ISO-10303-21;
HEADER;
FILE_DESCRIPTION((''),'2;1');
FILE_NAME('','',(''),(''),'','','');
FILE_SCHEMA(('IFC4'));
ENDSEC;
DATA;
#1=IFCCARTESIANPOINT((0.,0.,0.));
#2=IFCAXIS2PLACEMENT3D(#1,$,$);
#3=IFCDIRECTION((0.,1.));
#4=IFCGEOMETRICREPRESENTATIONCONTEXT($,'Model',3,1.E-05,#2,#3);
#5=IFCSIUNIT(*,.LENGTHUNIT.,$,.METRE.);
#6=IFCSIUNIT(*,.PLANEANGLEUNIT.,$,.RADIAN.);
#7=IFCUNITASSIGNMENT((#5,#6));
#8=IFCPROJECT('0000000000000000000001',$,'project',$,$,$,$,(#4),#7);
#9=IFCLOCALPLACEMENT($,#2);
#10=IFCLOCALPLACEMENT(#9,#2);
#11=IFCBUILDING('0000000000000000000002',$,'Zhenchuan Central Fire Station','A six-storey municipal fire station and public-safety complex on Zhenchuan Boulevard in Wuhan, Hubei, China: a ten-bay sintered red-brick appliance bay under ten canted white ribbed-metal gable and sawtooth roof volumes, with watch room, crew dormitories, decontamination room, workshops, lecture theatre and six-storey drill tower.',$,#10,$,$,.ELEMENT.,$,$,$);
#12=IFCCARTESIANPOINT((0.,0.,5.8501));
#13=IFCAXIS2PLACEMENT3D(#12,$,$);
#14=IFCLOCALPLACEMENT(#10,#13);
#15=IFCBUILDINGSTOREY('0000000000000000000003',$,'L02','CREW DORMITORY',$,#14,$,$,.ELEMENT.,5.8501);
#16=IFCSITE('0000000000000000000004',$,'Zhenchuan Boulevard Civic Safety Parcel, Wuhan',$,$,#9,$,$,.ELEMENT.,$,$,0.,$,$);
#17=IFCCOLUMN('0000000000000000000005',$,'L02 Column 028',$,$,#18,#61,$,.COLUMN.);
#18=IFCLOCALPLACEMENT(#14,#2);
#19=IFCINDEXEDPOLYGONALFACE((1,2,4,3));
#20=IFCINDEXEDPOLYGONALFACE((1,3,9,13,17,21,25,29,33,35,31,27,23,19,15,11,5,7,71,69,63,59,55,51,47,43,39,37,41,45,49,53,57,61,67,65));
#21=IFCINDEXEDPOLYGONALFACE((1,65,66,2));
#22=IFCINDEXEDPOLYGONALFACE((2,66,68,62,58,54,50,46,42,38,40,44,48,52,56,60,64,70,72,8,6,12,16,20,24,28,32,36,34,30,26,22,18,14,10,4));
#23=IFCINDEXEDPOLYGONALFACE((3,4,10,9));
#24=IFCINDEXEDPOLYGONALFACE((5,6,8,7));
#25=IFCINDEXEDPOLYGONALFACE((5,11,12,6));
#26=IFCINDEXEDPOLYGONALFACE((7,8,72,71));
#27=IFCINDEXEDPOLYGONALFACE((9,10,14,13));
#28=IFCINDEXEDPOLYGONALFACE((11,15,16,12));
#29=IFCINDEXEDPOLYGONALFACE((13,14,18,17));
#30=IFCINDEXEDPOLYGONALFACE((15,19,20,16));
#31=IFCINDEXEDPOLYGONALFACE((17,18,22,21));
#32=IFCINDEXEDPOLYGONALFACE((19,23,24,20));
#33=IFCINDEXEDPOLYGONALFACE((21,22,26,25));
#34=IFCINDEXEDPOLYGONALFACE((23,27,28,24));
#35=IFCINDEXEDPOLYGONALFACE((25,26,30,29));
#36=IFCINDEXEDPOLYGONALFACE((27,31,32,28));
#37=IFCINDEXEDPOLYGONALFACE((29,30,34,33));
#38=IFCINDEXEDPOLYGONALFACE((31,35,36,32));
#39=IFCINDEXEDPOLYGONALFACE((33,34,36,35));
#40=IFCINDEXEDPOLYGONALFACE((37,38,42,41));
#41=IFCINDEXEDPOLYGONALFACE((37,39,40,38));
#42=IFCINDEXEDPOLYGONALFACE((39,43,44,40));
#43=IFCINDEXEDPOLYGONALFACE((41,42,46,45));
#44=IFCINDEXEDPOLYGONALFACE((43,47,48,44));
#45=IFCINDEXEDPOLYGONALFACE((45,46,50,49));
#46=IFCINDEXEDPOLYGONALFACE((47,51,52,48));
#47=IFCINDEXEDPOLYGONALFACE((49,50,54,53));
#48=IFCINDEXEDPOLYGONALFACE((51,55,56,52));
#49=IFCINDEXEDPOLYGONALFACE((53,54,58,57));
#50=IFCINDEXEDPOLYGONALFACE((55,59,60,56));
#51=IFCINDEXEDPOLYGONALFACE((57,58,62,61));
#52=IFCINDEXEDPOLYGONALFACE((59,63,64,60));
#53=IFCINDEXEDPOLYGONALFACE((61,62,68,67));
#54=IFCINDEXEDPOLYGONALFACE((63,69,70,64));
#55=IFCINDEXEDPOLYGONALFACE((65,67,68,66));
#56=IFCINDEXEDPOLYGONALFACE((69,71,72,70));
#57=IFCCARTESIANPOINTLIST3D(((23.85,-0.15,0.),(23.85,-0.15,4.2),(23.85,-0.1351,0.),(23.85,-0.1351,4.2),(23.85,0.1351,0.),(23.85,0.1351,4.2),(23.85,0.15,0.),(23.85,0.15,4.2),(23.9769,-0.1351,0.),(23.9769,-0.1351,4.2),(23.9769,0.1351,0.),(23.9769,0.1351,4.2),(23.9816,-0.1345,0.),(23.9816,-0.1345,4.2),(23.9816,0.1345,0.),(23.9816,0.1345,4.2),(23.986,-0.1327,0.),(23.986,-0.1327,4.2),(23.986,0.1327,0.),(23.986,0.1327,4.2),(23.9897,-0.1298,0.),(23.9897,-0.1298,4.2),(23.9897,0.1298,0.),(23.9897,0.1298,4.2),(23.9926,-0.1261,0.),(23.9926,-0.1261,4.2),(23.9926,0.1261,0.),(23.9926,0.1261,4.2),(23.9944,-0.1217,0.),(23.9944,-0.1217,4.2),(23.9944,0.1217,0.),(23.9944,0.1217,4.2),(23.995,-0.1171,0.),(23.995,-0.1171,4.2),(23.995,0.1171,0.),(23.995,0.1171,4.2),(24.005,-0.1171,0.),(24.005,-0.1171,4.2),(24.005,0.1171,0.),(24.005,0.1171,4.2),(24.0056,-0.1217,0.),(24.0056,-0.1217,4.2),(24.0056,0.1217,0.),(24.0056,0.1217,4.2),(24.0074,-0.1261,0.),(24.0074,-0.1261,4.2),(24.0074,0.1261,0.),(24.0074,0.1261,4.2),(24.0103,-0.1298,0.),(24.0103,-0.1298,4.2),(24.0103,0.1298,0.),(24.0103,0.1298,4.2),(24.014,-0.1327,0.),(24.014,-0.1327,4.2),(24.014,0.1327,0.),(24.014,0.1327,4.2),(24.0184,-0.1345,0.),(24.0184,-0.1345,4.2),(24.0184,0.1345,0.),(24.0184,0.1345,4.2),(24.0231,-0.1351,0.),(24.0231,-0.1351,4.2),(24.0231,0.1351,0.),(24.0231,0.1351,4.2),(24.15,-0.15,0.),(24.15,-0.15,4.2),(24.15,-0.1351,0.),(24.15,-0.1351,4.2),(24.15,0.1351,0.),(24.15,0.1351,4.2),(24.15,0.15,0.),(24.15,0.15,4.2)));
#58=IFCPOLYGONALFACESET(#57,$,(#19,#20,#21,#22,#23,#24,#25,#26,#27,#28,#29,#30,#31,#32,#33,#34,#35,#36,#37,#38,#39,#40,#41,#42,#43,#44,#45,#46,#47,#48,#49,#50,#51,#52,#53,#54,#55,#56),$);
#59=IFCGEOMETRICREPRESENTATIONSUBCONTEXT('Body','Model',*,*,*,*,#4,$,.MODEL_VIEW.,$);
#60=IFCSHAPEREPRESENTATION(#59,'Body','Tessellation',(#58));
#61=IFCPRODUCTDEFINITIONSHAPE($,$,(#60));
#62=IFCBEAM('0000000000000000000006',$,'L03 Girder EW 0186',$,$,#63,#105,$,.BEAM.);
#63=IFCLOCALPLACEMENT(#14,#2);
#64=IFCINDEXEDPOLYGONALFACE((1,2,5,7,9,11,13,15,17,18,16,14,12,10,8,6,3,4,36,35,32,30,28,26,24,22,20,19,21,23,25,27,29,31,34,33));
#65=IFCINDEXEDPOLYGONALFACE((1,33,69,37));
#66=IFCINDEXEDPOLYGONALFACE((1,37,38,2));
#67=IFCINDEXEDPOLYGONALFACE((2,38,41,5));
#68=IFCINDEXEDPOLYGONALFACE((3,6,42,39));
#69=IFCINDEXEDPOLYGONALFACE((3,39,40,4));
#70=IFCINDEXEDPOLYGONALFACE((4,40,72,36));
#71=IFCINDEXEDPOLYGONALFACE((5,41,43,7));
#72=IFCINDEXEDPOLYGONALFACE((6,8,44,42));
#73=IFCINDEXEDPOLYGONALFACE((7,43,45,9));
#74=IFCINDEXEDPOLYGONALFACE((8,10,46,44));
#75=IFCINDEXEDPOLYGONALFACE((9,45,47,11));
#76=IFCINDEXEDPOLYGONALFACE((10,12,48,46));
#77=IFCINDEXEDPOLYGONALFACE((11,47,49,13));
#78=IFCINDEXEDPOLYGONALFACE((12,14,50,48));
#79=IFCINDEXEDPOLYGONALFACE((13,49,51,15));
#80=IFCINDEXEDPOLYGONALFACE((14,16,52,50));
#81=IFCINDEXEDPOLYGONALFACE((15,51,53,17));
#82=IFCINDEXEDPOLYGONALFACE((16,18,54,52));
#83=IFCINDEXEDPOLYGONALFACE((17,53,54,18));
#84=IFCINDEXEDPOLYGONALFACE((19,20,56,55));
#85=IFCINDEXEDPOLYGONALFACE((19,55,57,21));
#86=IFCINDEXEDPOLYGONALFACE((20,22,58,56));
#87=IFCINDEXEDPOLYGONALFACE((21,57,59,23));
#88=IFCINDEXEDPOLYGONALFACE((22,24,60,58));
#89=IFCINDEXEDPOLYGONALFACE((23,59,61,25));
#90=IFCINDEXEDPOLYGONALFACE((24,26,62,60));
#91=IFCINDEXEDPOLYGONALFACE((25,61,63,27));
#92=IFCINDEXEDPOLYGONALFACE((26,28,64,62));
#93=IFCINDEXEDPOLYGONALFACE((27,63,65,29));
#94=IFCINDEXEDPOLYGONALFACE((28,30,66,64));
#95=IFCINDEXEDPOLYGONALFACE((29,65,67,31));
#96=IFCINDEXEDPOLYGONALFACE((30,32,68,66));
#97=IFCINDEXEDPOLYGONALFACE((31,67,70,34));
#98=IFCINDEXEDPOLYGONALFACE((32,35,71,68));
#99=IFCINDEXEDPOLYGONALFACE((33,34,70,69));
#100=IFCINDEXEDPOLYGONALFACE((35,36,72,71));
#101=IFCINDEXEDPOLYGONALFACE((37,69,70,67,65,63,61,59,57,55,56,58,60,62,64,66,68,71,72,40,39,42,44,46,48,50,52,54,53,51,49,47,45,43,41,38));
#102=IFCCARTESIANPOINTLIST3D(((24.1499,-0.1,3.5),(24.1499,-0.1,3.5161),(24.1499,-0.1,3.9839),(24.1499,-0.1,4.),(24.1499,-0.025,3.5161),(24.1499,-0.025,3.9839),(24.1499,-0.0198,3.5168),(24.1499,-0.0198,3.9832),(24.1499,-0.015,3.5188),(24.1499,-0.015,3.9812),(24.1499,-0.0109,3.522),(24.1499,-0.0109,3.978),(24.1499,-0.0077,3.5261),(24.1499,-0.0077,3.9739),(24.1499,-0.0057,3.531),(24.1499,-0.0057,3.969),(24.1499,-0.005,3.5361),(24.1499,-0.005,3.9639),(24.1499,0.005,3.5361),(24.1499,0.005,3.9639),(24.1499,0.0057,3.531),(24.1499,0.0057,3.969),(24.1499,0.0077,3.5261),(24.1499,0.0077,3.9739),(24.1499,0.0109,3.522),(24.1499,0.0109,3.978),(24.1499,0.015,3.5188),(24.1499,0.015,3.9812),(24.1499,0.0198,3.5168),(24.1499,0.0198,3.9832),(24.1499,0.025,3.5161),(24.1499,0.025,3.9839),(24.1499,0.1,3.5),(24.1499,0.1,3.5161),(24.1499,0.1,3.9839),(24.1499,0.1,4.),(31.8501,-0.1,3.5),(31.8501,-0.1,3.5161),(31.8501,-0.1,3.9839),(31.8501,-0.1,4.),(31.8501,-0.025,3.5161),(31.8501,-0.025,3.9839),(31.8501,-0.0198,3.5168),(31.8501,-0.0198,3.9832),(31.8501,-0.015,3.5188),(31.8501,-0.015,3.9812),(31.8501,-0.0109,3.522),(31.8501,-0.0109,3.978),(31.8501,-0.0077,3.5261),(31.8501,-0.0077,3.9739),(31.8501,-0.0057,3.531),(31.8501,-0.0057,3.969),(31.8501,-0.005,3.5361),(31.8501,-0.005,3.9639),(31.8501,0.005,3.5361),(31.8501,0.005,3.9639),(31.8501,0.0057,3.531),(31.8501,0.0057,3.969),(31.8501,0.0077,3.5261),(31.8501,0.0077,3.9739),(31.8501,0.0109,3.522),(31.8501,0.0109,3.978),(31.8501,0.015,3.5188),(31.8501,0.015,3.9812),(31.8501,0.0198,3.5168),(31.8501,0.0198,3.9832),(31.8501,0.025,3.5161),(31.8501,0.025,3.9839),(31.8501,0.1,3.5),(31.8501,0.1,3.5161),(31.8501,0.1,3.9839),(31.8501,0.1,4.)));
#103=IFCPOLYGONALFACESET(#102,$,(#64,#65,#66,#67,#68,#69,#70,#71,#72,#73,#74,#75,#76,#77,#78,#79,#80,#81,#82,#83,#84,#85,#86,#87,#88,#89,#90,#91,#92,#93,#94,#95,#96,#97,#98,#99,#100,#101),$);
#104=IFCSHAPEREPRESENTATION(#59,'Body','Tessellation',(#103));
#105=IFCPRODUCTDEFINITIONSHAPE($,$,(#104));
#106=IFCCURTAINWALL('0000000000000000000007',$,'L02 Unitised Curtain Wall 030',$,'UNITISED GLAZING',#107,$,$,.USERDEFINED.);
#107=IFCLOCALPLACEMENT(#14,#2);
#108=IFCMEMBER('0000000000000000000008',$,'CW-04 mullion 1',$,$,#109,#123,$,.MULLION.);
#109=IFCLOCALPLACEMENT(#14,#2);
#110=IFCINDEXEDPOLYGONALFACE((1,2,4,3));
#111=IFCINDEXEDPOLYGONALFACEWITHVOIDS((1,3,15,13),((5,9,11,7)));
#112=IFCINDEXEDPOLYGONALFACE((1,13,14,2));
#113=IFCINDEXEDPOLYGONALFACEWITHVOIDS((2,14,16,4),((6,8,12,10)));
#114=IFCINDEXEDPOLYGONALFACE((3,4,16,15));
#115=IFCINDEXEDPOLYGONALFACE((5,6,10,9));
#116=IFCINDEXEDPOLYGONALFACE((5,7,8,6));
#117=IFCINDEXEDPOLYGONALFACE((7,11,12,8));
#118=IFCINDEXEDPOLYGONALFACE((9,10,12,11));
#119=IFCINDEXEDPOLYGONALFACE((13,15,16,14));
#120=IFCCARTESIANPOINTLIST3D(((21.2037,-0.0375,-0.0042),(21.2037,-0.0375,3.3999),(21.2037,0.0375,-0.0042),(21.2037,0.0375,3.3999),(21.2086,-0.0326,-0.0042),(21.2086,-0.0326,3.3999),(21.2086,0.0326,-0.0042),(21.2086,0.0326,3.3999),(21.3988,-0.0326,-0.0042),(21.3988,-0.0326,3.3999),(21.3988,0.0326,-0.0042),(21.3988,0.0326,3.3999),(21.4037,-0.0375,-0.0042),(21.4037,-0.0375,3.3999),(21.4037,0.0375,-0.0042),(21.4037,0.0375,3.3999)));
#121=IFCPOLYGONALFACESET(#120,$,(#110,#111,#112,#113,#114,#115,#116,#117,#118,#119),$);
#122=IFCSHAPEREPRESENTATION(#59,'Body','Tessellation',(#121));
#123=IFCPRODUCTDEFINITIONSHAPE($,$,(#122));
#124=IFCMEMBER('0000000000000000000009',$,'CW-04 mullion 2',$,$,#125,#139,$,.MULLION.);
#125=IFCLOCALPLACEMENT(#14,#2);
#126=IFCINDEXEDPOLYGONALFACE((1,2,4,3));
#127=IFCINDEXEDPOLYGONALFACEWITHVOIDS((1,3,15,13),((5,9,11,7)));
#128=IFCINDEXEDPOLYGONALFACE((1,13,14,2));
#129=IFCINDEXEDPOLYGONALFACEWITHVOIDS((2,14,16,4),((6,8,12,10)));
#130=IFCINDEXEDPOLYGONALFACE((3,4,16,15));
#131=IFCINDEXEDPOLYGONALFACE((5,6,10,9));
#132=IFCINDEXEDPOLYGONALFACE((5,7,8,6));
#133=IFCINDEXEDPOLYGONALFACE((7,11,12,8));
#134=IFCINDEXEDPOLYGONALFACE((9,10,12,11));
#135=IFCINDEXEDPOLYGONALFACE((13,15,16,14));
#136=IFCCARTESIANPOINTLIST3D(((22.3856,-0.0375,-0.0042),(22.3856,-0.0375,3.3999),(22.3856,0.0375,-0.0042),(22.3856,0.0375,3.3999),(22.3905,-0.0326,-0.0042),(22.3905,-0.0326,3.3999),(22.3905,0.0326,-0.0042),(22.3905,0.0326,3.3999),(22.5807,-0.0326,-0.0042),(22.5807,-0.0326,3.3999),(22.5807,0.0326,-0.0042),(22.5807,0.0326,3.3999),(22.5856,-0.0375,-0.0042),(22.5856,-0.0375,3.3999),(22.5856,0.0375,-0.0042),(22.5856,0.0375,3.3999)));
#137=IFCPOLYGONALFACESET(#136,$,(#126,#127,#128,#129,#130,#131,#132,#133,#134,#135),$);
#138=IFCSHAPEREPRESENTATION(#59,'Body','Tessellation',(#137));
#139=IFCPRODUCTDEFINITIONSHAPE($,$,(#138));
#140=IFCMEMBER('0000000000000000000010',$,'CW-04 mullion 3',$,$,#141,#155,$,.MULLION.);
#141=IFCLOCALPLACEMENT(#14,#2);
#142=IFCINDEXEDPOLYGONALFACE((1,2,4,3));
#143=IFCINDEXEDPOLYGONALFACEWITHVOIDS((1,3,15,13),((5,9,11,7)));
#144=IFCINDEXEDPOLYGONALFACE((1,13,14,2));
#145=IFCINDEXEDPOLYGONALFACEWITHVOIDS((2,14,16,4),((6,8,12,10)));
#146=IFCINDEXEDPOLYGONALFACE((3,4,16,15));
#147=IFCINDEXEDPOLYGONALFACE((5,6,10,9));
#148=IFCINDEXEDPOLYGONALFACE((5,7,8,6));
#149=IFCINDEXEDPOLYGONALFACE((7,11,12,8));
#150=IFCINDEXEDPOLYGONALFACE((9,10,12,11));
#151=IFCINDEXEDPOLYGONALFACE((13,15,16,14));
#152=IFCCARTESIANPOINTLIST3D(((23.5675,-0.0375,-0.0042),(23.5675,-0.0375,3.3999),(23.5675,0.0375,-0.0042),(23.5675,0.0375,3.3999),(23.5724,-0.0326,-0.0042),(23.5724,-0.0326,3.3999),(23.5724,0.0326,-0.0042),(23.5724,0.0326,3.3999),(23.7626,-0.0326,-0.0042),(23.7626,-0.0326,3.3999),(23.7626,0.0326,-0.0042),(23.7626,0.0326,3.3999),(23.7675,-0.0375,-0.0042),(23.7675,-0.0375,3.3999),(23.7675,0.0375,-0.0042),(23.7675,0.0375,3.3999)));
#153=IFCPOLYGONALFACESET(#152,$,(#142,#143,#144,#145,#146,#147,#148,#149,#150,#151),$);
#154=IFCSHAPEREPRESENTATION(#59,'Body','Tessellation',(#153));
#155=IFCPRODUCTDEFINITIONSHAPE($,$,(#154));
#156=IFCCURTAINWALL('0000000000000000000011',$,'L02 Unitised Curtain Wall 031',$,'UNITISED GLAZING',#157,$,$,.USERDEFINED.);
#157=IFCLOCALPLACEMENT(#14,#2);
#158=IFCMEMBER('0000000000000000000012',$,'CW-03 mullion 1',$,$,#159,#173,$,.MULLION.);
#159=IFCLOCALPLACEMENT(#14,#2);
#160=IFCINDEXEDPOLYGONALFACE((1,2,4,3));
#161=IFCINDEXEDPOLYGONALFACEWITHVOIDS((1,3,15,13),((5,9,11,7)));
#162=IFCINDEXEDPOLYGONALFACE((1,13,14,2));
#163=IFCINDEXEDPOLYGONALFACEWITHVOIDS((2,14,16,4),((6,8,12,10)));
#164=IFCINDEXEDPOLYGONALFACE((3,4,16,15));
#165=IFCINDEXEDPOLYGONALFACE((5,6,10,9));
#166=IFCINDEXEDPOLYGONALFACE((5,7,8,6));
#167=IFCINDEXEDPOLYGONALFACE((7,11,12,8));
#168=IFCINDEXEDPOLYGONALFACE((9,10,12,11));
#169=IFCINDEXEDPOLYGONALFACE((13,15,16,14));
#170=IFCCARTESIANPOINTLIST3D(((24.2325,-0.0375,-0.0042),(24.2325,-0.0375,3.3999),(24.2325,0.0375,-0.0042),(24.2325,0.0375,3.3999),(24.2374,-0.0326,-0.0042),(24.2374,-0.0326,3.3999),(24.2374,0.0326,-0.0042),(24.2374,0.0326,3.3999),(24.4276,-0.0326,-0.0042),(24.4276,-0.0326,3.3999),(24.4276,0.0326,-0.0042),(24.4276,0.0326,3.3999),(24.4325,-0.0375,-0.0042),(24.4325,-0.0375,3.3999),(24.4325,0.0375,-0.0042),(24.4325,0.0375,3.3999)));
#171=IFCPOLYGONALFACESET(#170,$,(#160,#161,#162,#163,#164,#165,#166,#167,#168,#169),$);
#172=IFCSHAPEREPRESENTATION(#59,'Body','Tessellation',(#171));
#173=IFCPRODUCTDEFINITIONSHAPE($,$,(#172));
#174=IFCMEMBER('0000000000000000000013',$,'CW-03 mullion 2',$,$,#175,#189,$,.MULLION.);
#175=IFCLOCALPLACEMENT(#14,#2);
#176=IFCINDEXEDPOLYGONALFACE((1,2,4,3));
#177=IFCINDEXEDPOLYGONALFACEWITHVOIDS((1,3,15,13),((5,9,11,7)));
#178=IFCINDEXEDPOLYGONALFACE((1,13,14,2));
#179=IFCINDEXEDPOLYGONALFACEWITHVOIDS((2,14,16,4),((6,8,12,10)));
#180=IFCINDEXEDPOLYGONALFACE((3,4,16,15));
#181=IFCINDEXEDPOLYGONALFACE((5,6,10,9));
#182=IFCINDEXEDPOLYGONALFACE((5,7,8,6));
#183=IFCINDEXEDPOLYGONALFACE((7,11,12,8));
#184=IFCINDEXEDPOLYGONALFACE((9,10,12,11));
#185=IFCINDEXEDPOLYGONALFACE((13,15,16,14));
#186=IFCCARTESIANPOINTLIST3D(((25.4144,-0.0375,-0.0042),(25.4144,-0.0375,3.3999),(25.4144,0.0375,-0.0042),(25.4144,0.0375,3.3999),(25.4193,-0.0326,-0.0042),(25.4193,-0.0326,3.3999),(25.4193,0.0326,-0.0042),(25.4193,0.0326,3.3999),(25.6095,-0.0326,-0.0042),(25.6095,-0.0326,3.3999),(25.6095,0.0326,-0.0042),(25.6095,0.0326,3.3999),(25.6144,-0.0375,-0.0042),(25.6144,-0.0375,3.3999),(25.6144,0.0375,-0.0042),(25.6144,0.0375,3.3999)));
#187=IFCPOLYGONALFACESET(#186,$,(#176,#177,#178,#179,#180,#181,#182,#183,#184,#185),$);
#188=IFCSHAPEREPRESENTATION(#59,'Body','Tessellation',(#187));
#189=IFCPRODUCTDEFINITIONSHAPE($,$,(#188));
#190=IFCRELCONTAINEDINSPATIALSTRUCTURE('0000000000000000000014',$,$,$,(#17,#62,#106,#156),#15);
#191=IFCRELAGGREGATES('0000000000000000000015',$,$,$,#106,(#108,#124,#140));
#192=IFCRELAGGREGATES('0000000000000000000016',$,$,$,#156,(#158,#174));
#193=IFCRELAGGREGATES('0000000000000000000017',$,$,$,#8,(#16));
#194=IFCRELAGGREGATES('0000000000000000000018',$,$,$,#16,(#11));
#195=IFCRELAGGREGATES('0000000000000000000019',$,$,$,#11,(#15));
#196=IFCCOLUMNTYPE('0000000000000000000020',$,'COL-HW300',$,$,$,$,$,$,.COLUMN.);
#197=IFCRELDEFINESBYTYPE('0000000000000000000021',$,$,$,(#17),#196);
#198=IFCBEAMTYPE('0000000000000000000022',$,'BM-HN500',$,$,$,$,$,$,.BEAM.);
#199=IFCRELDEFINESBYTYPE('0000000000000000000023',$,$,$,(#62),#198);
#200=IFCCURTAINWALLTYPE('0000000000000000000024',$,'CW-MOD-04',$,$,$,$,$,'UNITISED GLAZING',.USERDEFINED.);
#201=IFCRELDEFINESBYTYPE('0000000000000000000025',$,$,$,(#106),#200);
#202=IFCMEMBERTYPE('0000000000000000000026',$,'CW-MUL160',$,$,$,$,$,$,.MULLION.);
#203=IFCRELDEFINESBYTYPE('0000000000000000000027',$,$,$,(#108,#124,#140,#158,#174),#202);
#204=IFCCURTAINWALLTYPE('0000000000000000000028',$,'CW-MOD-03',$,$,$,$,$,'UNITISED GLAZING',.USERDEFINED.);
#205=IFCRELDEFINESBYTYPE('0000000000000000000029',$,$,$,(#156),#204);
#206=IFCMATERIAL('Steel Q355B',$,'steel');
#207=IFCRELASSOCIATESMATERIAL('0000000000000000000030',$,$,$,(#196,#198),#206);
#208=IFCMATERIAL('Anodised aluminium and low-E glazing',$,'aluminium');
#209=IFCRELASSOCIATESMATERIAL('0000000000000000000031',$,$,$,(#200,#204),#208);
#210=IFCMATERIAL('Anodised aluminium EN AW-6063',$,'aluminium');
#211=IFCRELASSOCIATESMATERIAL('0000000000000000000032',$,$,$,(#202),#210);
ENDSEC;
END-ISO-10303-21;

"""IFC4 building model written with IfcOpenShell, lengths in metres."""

from ifc_helpers import new_model, si_unit, direction, frame, origin, origin_2d, place, context, subcontext, project, spatial, hollow_rectangle, i_section, extrude, material, material_profile, profile_set, type_object, element, aggregate, save


model = new_model("IFC4")

# Units and contexts
model_context = context("Model", 3, precision=1e-05, world=origin(), true_north=direction((0.0, 1.0)))
body_context = subcontext(model_context, "Body", "Model", "MODEL_VIEW")
ifc_project = project(units=[si_unit("LENGTHUNIT", "METRE"), si_unit("PLANEANGLEUNIT", "RADIAN")], contexts=[model_context])

# Site, building, storey
site_placement = place(None, origin())
site = spatial("IfcSite", under=ifc_project, at=site_placement, Name="Zhenchuan Boulevard Civic Safety Parcel, Wuhan", CompositionType="ELEMENT", RefElevation=0.0)
building_placement = place(site_placement, origin())
building = spatial("IfcBuilding", under=site, at=building_placement, Name="Zhenchuan Central Fire Station", Description="A six-storey municipal fire station and public-safety complex on Zhenchuan Boulevard in Wuhan, Hubei, China: a ten-bay sintered red-brick appliance bay under ten canted white ribbed-metal gable and sawtooth roof volumes, with watch room, crew dormitories, decontamination room, workshops, lecture theatre and six-storey drill tower.", CompositionType="ELEMENT")
storey_placement = place(building_placement, frame((0.0, 0.0, 5.8501)))
storey = spatial("IfcBuildingStorey", under=building, at=storey_placement, Name="L02", Description="CREW DORMITORY", CompositionType="ELEMENT", Elevation=5.8501)

# Column
ifc_material_1 = material(Name="Steel Q355B", Category="steel")
ifc_material_profile_1 = material_profile(ifc_material_1, i_section(OverallWidth=0.3, OverallDepth=0.3, WebThickness=0.01, FlangeThickness=0.0149, FilletRadius=0.0181, at=origin_2d()), Name="HW 300x300")
ifc_profile_set_1 = profile_set([ifc_material_profile_1], Name="Steel Q355B")
column_type = type_object("IfcColumnType", Name="COL-HW300", PredefinedType="COLUMN", material=ifc_profile_set_1)
column_placement = place(storey_placement, frame((24.0, 0.0, 0.0), z_axis=(0.0, 0.0, 1.0), x_axis=(1.0, 0.0, 0.0)))
element("IfcColumn", 1, at=column_placement, inside=storey, type_object=column_type, Name="L02 Column 028", PredefinedType="COLUMN", context=body_context, shape_type="SweptSolid", body=[
    extrude(i_section(OverallWidth=0.3, OverallDepth=0.3, WebThickness=0.01, FlangeThickness=0.0149, FilletRadius=0.0181, at=origin_2d()), origin(), (0.0, 0.0, 1.0), 4.2),
])

# Beam
ifc_material_profile_2 = material_profile(ifc_material_1, i_section(OverallWidth=0.2, OverallDepth=0.5, WebThickness=0.01, FlangeThickness=0.0161, FilletRadius=0.02, at=origin_2d()), Name="HN 500x200")
ifc_profile_set_2 = profile_set([ifc_material_profile_2], Name="Steel Q355B")
beam_type_1 = type_object("IfcBeamType", Name="BM-HN500", PredefinedType="BEAM", material=ifc_profile_set_2)
beam_1_placement = place(storey_placement, frame((24.1499, 0.0, 3.75), z_axis=(1.0, 0.0, 0.0), x_axis=(0.0, 1.0, 0.0)))
element("IfcBeam", 2, at=beam_1_placement, inside=storey, type_object=beam_type_1, Name="L03 Girder EW 0186", PredefinedType="BEAM", context=body_context, shape_type="SweptSolid", body=[
    extrude(i_section(OverallWidth=0.2, OverallDepth=0.5, WebThickness=0.01, FlangeThickness=0.0161, FilletRadius=0.02, at=origin_2d()), origin(), (0.0, 0.0, 1.0), 7.7002),
])

# Curtain walls, members
ifc_material_2 = material(Name="Anodised aluminium and low-E glazing", Category="aluminium")
curtain_wall_type_1 = type_object("IfcCurtainWallType", Name="CW-MOD-04", ElementType="UNITISED GLAZING", PredefinedType="USERDEFINED", material=ifc_material_2)
curtain_wall_1_placement = place(storey_placement, origin())
curtain_wall_1 = element("IfcCurtainWall", 3, at=curtain_wall_1_placement, inside=storey, type_object=curtain_wall_type_1, Name="L02 Unitised Curtain Wall 030", ObjectType="UNITISED GLAZING", PredefinedType="USERDEFINED")
ifc_material_3 = material(Name="Anodised aluminium EN AW-6063", Category="aluminium")
ifc_material_profile_3 = material_profile(ifc_material_3, hollow_rectangle(XDim=0.075, YDim=0.2, WallThickness=0.0049, at=origin_2d()), Name="ALU-M 200x75")
ifc_profile_set_3 = profile_set([ifc_material_profile_3], Name="Anodised aluminium EN AW-6063")
member_type_1 = type_object("IfcMemberType", Name="CW-MUL160", PredefinedType="MULLION", material=ifc_profile_set_3)
member_1_placement = place(storey_placement, frame((21.3037, 0.0, -0.0042), z_axis=(0.0, 0.0, 1.0), x_axis=(0.0, 1.0, 0.0)))
member_1 = element("IfcMember", 4, at=member_1_placement, type_object=member_type_1, Name="CW-04 mullion 1", PredefinedType="MULLION", context=body_context, shape_type="SweptSolid", body=[
    extrude(hollow_rectangle(XDim=0.075, YDim=0.2, WallThickness=0.0049, at=origin_2d()), origin(), (0.0, 0.0, 1.0), 3.4041),
])
member_2_placement = place(storey_placement, frame((22.4856, 0.0, -0.0042), z_axis=(0.0, 0.0, 1.0), x_axis=(0.0, 1.0, 0.0)))
member_2 = element("IfcMember", 5, at=member_2_placement, type_object=member_type_1, Name="CW-04 mullion 2", PredefinedType="MULLION", context=body_context, shape_type="SweptSolid", body=[
    extrude(hollow_rectangle(XDim=0.075, YDim=0.2, WallThickness=0.0049, at=origin_2d()), origin(), (0.0, 0.0, 1.0), 3.4041),
])
member_3_placement = place(storey_placement, frame((23.6675, 0.0, -0.0042), z_axis=(0.0, 0.0, 1.0), x_axis=(0.0, 1.0, 0.0)))
member_3 = element("IfcMember", 6, at=member_3_placement, type_object=member_type_1, Name="CW-04 mullion 3", PredefinedType="MULLION", context=body_context, shape_type="SweptSolid", body=[
    extrude(hollow_rectangle(XDim=0.075, YDim=0.2, WallThickness=0.0049, at=origin_2d()), origin(), (0.0, 0.0, 1.0), 3.4041),
])
curtain_wall_type_2 = type_object("IfcCurtainWallType", Name="CW-MOD-03", ElementType="UNITISED GLAZING", PredefinedType="USERDEFINED", material=ifc_material_2)
curtain_wall_2_placement = place(storey_placement, origin())
curtain_wall_2 = element("IfcCurtainWall", 7, at=curtain_wall_2_placement, inside=storey, type_object=curtain_wall_type_2, Name="L02 Unitised Curtain Wall 031", ObjectType="UNITISED GLAZING", PredefinedType="USERDEFINED")
member_4_placement = place(storey_placement, frame((24.3325, 0.0, -0.0042), z_axis=(0.0, 0.0, 1.0), x_axis=(0.0, 1.0, 0.0)))
member_4 = element("IfcMember", 8, at=member_4_placement, type_object=member_type_1, Name="CW-03 mullion 1", PredefinedType="MULLION", context=body_context, shape_type="SweptSolid", body=[
    extrude(hollow_rectangle(XDim=0.075, YDim=0.2, WallThickness=0.0049, at=origin_2d()), origin(), (0.0, 0.0, 1.0), 3.4041),
])
member_5_placement = place(storey_placement, frame((25.5144, 0.0, -0.0042), z_axis=(0.0, 0.0, 1.0), x_axis=(0.0, 1.0, 0.0)))
member_5 = element("IfcMember", 9, at=member_5_placement, type_object=member_type_1, Name="CW-03 mullion 2", PredefinedType="MULLION", context=body_context, shape_type="SweptSolid", body=[
    extrude(hollow_rectangle(XDim=0.075, YDim=0.2, WallThickness=0.0049, at=origin_2d()), origin(), (0.0, 0.0, 1.0), 3.4041),
])

aggregate(curtain_wall_1, [member_1, member_2, member_3])
aggregate(curtain_wall_2, [member_4, member_5])

save(model, "model.ifc")
